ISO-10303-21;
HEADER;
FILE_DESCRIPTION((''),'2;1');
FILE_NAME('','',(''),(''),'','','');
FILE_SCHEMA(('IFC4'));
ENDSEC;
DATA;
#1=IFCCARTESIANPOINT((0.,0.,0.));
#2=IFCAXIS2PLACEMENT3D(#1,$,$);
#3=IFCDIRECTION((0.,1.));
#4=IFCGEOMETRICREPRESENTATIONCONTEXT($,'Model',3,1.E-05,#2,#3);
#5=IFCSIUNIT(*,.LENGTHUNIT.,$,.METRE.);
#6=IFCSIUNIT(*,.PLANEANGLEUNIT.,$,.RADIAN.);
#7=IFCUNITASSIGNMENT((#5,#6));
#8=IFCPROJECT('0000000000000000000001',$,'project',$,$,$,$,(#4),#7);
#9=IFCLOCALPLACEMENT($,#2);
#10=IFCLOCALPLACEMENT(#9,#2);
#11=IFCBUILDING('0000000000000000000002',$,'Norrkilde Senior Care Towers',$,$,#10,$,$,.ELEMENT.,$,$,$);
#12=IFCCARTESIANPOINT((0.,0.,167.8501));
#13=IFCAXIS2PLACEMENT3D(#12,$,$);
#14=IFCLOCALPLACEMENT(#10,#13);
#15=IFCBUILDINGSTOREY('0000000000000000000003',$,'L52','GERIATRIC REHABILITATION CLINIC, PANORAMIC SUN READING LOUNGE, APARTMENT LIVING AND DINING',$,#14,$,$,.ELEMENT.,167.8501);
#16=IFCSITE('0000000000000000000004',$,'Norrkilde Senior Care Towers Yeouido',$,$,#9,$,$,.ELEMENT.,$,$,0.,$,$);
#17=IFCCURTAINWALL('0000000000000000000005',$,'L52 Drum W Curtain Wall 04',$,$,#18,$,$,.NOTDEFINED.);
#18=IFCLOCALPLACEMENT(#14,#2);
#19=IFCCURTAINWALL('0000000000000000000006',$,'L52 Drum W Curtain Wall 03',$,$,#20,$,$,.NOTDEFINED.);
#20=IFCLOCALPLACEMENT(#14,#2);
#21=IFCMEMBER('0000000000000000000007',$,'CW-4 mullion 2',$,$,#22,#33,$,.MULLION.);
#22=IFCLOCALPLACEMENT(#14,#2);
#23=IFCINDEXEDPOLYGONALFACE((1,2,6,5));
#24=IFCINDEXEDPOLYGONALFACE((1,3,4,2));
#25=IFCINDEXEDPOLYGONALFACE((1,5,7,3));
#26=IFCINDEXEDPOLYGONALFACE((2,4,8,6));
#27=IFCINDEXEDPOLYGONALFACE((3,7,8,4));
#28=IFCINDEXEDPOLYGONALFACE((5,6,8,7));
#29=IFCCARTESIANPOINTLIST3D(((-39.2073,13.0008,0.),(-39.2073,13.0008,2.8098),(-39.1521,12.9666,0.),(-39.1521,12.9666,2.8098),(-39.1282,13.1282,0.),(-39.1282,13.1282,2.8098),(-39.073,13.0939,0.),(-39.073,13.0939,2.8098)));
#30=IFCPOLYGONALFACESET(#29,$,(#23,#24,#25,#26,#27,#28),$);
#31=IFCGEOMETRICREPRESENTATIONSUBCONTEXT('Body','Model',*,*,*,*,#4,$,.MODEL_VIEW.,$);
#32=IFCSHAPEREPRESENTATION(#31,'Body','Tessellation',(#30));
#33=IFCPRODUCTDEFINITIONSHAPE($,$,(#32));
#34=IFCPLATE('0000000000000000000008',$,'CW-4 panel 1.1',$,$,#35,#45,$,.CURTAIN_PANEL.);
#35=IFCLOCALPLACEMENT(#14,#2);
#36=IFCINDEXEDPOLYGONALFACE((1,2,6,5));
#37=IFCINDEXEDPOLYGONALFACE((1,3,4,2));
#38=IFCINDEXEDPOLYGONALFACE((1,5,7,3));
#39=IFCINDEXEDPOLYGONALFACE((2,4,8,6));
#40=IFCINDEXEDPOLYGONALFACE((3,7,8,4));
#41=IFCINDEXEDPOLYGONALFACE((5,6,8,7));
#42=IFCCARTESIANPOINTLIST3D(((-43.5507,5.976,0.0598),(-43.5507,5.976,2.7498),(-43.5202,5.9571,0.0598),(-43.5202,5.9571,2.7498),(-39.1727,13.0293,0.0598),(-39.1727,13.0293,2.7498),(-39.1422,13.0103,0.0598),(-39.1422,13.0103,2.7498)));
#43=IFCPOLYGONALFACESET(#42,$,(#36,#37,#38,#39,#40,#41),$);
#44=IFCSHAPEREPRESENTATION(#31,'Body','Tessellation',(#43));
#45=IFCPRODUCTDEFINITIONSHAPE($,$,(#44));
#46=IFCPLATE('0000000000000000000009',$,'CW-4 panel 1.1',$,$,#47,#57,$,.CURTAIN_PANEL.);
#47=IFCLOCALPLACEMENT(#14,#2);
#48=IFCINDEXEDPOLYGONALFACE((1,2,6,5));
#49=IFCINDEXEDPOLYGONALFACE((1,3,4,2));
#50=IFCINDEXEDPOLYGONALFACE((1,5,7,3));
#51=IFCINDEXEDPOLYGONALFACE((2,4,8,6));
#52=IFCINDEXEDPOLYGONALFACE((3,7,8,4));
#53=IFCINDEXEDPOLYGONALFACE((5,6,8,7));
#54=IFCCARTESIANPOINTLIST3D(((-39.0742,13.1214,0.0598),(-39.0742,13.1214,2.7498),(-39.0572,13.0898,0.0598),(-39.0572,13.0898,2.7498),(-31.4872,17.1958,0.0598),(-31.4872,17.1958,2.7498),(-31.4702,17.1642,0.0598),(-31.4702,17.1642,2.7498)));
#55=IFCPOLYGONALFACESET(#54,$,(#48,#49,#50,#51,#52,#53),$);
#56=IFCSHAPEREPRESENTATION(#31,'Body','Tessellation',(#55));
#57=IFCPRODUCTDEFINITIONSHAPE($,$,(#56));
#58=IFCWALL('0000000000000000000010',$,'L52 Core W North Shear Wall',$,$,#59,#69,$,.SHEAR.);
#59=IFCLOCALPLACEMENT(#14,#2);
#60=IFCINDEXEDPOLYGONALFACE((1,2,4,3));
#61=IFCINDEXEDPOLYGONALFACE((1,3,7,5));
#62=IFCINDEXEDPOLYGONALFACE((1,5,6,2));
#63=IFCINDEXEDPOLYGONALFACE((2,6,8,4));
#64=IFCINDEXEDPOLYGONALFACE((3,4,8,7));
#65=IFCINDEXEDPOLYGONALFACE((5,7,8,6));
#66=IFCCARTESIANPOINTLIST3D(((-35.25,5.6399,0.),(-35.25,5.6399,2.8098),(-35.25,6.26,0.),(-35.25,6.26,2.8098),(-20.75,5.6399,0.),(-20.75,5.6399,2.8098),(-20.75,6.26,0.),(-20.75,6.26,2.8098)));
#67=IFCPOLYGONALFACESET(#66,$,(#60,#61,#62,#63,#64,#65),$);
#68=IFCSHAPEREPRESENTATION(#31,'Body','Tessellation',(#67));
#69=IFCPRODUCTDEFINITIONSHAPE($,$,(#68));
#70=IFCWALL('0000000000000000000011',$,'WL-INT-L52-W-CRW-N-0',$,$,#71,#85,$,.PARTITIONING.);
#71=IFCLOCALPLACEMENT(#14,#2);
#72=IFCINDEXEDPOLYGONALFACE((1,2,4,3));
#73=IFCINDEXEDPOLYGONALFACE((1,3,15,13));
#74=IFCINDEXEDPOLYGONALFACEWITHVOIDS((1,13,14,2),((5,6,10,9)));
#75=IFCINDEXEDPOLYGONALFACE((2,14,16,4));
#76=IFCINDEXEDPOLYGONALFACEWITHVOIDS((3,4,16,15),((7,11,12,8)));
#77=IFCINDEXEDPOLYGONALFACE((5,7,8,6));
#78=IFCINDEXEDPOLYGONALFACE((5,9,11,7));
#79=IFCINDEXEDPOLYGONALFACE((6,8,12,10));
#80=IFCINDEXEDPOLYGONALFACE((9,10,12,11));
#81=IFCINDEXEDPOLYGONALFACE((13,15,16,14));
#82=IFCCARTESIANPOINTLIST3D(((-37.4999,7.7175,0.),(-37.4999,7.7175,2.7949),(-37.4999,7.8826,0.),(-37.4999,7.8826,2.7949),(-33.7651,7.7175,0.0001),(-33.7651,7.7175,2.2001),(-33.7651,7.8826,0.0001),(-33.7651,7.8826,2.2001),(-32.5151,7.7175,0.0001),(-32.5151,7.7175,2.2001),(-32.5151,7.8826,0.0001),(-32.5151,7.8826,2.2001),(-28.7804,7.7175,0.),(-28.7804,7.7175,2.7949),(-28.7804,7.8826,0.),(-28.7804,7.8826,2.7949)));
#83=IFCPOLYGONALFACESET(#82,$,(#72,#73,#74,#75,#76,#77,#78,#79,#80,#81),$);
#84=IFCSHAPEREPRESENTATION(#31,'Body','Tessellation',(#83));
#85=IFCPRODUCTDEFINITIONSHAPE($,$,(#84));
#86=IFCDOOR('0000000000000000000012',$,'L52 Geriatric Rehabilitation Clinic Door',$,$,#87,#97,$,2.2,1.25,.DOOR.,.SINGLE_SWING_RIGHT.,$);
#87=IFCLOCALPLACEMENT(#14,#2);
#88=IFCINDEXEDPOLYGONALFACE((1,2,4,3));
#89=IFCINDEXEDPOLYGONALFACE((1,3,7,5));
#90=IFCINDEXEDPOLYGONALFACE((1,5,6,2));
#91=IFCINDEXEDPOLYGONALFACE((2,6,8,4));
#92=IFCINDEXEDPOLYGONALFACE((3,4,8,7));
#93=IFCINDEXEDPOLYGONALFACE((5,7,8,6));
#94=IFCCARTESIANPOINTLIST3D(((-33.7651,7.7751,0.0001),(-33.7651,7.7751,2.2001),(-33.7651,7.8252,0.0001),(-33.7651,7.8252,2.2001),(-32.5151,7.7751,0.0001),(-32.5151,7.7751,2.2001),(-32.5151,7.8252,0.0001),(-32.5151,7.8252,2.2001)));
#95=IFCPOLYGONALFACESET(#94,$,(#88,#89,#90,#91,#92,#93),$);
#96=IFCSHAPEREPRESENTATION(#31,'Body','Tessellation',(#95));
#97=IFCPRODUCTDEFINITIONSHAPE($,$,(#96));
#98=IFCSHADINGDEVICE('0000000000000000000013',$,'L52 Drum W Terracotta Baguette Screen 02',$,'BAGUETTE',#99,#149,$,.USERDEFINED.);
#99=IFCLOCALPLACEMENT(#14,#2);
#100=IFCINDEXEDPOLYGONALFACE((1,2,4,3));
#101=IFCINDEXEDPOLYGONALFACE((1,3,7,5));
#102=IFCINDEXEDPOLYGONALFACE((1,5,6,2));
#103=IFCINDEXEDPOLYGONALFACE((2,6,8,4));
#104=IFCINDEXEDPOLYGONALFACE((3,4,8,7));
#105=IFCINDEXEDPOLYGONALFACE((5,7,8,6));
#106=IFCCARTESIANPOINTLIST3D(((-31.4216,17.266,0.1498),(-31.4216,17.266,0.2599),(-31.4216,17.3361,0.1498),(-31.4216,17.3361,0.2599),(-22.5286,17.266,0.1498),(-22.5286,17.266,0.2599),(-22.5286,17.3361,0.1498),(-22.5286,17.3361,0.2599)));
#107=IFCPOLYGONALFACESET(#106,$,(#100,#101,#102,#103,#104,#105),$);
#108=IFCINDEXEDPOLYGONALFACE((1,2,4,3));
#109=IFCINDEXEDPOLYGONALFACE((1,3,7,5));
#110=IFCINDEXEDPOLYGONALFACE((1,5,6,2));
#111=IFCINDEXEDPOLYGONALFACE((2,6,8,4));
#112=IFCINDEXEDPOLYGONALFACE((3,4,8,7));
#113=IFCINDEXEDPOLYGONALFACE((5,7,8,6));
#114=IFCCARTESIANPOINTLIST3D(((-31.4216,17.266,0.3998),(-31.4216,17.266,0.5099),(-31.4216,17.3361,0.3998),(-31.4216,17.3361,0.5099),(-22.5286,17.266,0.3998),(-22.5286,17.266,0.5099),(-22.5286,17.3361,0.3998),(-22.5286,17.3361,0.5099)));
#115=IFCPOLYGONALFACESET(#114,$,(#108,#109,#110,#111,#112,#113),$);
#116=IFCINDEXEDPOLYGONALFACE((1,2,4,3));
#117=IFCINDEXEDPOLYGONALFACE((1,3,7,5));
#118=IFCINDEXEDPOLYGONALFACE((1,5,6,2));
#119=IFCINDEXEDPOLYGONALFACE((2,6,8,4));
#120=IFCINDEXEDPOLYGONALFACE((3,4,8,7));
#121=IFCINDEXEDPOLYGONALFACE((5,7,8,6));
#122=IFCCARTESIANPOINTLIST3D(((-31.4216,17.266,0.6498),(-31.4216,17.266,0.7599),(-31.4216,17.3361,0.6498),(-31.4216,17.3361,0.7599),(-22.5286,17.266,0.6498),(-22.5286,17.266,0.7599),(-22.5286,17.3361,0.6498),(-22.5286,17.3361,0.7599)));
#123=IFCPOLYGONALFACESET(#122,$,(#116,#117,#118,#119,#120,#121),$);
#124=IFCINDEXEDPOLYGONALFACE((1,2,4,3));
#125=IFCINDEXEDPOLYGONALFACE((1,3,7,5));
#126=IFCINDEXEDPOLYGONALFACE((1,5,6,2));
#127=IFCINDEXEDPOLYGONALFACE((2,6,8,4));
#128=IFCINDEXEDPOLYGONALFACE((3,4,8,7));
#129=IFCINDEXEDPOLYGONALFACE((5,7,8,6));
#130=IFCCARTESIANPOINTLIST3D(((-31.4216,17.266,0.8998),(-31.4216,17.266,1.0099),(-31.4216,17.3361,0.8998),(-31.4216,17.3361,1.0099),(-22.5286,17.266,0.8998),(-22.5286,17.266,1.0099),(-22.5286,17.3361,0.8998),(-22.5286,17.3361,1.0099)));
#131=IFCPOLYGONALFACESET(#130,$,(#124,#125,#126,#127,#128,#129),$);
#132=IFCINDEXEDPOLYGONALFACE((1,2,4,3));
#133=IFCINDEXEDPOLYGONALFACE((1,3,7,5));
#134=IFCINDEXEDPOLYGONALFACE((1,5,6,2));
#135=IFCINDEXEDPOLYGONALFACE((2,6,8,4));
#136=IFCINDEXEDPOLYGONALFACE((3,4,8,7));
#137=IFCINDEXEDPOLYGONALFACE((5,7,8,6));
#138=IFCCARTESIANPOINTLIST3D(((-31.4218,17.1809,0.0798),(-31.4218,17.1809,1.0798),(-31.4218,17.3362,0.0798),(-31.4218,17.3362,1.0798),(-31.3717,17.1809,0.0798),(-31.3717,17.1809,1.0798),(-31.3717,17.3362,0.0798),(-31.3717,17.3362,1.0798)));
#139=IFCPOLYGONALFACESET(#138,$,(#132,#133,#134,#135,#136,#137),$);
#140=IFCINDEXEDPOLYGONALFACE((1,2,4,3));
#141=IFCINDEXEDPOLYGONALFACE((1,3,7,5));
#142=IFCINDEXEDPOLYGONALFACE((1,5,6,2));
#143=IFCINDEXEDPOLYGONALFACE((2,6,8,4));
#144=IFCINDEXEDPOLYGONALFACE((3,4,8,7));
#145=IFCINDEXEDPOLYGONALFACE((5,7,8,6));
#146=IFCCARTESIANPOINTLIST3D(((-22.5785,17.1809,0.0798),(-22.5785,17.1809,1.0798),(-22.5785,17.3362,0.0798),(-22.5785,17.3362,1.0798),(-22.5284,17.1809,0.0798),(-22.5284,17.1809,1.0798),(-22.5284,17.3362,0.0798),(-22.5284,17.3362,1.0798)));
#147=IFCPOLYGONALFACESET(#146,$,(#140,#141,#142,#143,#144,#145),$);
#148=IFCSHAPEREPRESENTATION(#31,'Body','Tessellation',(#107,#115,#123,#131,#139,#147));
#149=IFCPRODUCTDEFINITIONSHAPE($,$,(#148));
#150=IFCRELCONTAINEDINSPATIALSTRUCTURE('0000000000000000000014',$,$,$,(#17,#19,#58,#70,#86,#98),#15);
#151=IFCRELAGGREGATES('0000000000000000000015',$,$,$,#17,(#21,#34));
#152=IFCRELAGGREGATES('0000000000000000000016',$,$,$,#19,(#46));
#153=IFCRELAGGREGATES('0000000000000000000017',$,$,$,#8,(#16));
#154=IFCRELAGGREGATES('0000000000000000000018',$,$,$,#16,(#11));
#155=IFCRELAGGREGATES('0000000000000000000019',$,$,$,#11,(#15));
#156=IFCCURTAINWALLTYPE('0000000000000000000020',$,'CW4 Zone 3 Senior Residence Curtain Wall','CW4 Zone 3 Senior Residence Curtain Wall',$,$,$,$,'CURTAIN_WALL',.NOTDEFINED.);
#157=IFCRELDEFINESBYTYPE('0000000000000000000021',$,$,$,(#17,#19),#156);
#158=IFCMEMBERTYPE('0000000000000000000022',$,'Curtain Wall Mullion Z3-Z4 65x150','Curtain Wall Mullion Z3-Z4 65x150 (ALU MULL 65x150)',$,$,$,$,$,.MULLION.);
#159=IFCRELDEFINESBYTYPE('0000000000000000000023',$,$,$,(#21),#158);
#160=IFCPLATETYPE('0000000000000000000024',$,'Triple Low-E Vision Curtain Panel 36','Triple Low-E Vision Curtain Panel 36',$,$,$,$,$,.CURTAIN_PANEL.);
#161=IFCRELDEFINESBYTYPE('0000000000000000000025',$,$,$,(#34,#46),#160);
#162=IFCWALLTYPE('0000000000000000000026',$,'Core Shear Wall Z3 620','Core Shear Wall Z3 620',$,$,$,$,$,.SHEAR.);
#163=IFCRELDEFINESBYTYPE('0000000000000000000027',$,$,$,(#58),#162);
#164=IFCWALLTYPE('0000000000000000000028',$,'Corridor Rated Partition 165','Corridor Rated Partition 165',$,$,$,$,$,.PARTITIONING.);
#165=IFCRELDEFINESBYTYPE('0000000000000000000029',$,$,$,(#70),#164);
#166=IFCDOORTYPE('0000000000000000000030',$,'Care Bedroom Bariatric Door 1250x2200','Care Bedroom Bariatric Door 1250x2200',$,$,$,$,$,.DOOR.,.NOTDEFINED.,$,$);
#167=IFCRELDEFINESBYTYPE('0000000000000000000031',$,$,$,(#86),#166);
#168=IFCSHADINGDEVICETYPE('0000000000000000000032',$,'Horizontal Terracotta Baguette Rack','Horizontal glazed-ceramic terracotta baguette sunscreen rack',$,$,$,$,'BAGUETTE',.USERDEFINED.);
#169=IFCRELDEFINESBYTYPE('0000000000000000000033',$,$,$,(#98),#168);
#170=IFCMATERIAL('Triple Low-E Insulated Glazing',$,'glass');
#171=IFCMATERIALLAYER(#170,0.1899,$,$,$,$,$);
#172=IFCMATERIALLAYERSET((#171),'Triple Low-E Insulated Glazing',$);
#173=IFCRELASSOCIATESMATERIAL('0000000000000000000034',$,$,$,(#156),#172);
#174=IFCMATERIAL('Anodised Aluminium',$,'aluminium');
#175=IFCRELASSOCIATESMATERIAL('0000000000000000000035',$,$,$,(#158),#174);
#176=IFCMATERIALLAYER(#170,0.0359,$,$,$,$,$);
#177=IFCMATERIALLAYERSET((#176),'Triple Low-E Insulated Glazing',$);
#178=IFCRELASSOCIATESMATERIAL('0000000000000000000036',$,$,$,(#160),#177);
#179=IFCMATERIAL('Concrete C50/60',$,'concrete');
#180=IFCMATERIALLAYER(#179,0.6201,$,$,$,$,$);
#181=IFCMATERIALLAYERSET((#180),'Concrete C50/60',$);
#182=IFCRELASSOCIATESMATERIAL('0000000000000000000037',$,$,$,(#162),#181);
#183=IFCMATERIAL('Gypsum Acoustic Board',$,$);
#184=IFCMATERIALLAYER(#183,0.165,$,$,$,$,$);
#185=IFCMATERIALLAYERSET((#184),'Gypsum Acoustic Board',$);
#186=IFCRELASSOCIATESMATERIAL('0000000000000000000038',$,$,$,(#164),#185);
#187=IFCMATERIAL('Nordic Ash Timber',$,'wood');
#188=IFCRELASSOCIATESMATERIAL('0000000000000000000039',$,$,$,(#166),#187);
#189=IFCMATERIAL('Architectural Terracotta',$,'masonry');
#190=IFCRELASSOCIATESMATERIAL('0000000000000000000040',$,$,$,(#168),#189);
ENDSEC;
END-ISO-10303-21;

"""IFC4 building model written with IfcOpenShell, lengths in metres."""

from ifc_helpers import new_model, si_unit, direction, frame, frame_2d, origin, origin_2d, place, context, subcontext, project, spatial, rectangle, extrude, source, transform, mapped, material, layer, layer_set, material_profile, profile_set, type_object, type_shapes, element, fill, aggregate, save


model = new_model("IFC4")

# Units and contexts
model_context = context("Model", 3, precision=1e-05, world=origin(), true_north=direction((0.0, 1.0)))
body_context = subcontext(model_context, "Body", "Model", "MODEL_VIEW")
ifc_project = project(units=[si_unit("LENGTHUNIT", "METRE"), si_unit("PLANEANGLEUNIT", "RADIAN")], contexts=[model_context])

# Site, building, storey
site_placement = place(None, origin())
site = spatial("IfcSite", under=ifc_project, at=site_placement, Name="Norrkilde Senior Care Towers Yeouido", CompositionType="ELEMENT", RefElevation=0.0)
building_placement = place(site_placement, origin())
building = spatial("IfcBuilding", under=site, at=building_placement, Name="Norrkilde Senior Care Towers", CompositionType="ELEMENT")
storey_placement = place(building_placement, frame((0.0, 0.0, 167.8501)))
storey = spatial("IfcBuildingStorey", under=building, at=storey_placement, Name="L52", Description="GERIATRIC REHABILITATION CLINIC, PANORAMIC SUN READING LOUNGE, APARTMENT LIVING AND DINING", CompositionType="ELEMENT", Elevation=167.8501)

# Shared definitions
ifc_material_1 = material(Name="Concrete C50/60", Category="concrete")

# Curtain walls
ifc_material_2 = material(Name="Triple Low-E Insulated Glazing", Category="glass")
ifc_layer_1 = layer(ifc_material_2, 0.1899)
ifc_layer_set_1 = layer_set([ifc_layer_1], Name="Triple Low-E Insulated Glazing")
curtain_wall_type = type_object("IfcCurtainWallType", Name="CW4 Zone 3 Senior Residence Curtain Wall", Description="CW4 Zone 3 Senior Residence Curtain Wall", ElementType="CURTAIN_WALL", PredefinedType="NOTDEFINED", material=ifc_layer_set_1)
curtain_wall_1_placement = place(storey_placement, origin())
curtain_wall_1 = element("IfcCurtainWall", 1, at=curtain_wall_1_placement, inside=storey, type_object=curtain_wall_type, Name="L52 Drum W Curtain Wall 04", PredefinedType="NOTDEFINED")
ifc_material_3 = material(Name="Anodised Aluminium", Category="aluminium")
curtain_wall_2_placement = place(storey_placement, origin())
curtain_wall_2 = element("IfcCurtainWall", 2, at=curtain_wall_2_placement, inside=storey, type_object=curtain_wall_type, Name="L52 Drum W Curtain Wall 03", PredefinedType="NOTDEFINED")

# Member
ifc_material_profile_1 = material_profile(ifc_material_3, rectangle(XDim=0.0649, YDim=0.1499, at=origin_2d()), Name="ALU MULL 65x150")
ifc_profile_set_1 = profile_set([ifc_material_profile_1], Name="Anodised Aluminium")
member_type_1 = type_object("IfcMemberType", Name="Curtain Wall Mullion Z3-Z4 65x150", Description="Curtain Wall Mullion Z3-Z4 65x150 (ALU MULL 65x150)", PredefinedType="MULLION", material=ifc_profile_set_1)
shared_shape_1 = source(origin(), body_context, "Body", "SweptSolid", [
    extrude(rectangle(XDim=0.0649, YDim=0.1499, at=origin_2d()), origin(), (0.0, 0.0, 1.0), 2.8098),
])
type_shapes(member_type_1, [shared_shape_1])
member_1_placement = place(storey_placement, frame((-39.1401, 13.0474, 0.0), z_axis=(0.0, 0.0, 1.0), x_axis=(-0.849634, 0.527373, 0.0)))
member_1 = element("IfcMember", 3, at=member_1_placement, type_object=member_type_1, Name="CW-4 mullion 2", PredefinedType="MULLION", context=body_context, shape_type="MappedRepresentation", body=[
    mapped(shared_shape_1, transform((0.0, 0.0, 0.0), x_axis=(1.0, 0.0, 0.0), y_axis=(0.0, 1.0, 0.0), z_axis=(0.0, 0.0, 1.0), scale=1.0)),
])

# Plates
ifc_layer_2 = layer(ifc_material_2, 0.0359)
ifc_layer_set_2 = layer_set([ifc_layer_2], Name="Triple Low-E Insulated Glazing")
plate_type = type_object("IfcPlateType", Name="Triple Low-E Vision Curtain Panel 36", Description="Triple Low-E Vision Curtain Panel 36", PredefinedType="CURTAIN_PANEL", material=ifc_layer_set_2)
shared_shape_2 = source(origin(), body_context, "Body", "SweptSolid", [
    extrude(rectangle(XDim=8.3015, YDim=0.0359, at=origin_2d()), origin(), (0.0, 0.0, 1.0), 2.6899),
])
plate_1_placement = place(storey_placement, frame((-41.3464, 9.4932, 0.0598), z_axis=(0.0, 0.0, 1.0), x_axis=(0.527373, 0.849634, 0.0)))
plate_1 = element("IfcPlate", 4, at=plate_1_placement, type_object=plate_type, Name="CW-4 panel 1.1", PredefinedType="CURTAIN_PANEL", context=body_context, shape_type="MappedRepresentation", body=[
    mapped(shared_shape_2, transform((0.0, 0.0, 0.0), x_axis=(1.0, 0.0, 0.0), y_axis=(0.0, 1.0, 0.0), z_axis=(0.0, 0.0, 1.0), scale=1.0)),
])
aggregate(curtain_wall_1, [member_1, plate_1])
shared_shape_3 = source(origin(), body_context, "Body", "SweptSolid", [
    extrude(rectangle(XDim=8.6118, YDim=0.0359, at=origin_2d()), origin(), (0.0, 0.0, 1.0), 2.6899),
])
type_shapes(plate_type, [shared_shape_2, shared_shape_3])
plate_2_placement = place(storey_placement, frame((-35.2722, 15.1428, 0.0598), z_axis=(0.0, 0.0, 1.0), x_axis=(0.881, 0.473117, 0.0)))
plate_2 = element("IfcPlate", 5, at=plate_2_placement, type_object=plate_type, Name="CW-4 panel 1.1", PredefinedType="CURTAIN_PANEL", context=body_context, shape_type="MappedRepresentation", body=[
    mapped(shared_shape_3, transform((0.0, 0.0, 0.0), x_axis=(1.0, 0.0, 0.0), y_axis=(0.0, 1.0, 0.0), z_axis=(0.0, 0.0, 1.0), scale=1.0)),
])
aggregate(curtain_wall_2, [plate_2])

# Wall
ifc_layer_3 = layer(ifc_material_1, 0.6201)
ifc_layer_set_3 = layer_set([ifc_layer_3], Name="Concrete C50/60")
wall_type_1 = type_object("IfcWallType", Name="Core Shear Wall Z3 620", Description="Core Shear Wall Z3 620", PredefinedType="SHEAR", material=ifc_layer_set_3)
shared_shape_4 = source(origin(), body_context, "Body", "SweptSolid", [
    extrude(rectangle(XDim=14.5, YDim=0.6201, at=frame_2d((7.25, 0.0))), origin(), (0.0, 0.0, 1.0), 2.8098),
])
type_shapes(wall_type_1, [shared_shape_4])
wall_1_placement = place(storey_placement, frame((-35.25, 5.95, 0.0), z_axis=(0.0, 0.0, 1.0), x_axis=(1.0, 0.0, 0.0)))
element("IfcWall", 6, at=wall_1_placement, inside=storey, type_object=wall_type_1, Name="L52 Core W North Shear Wall", PredefinedType="SHEAR", context=body_context, shape_type="MappedRepresentation", body=[
    mapped(shared_shape_4, transform((0.0, 0.0, 0.0), x_axis=(1.0, 0.0, 0.0), y_axis=(0.0, 1.0, 0.0), z_axis=(0.0, 0.0, 1.0), scale=1.0)),
])

# Wall, opening, door
ifc_material_4 = material(Name="Gypsum Acoustic Board")
ifc_layer_4 = layer(ifc_material_4, 0.165)
ifc_layer_set_4 = layer_set([ifc_layer_4], Name="Gypsum Acoustic Board")
wall_type_2 = type_object("IfcWallType", Name="Corridor Rated Partition 165", Description="Corridor Rated Partition 165", PredefinedType="PARTITIONING", material=ifc_layer_set_4)
shared_shape_5 = source(origin(), body_context, "Body", "SweptSolid", [
    extrude(rectangle(XDim=8.7195, YDim=0.165, at=frame_2d((4.3599, 0.0))), origin(), (0.0, 0.0, 1.0), 2.7949),
])
type_shapes(wall_type_2, [shared_shape_5])
wall_2_placement = place(storey_placement, frame((-37.5, 7.8, 0.0), z_axis=(0.0, 0.0, 1.0), x_axis=(1.0, 0.0, 0.0)))
wall_2 = element("IfcWall", 7, at=wall_2_placement, inside=storey, type_object=wall_type_2, Name="WL-INT-L52-W-CRW-N-0", PredefinedType="PARTITIONING", context=body_context, shape_type="MappedRepresentation", body=[
    mapped(shared_shape_5, transform((0.0, 0.0, 0.0), x_axis=(1.0, 0.0, 0.0), y_axis=(0.0, 1.0, 0.0), z_axis=(0.0, 0.0, 1.0), scale=1.0)),
])
opening_placement = place(wall_2_placement, frame((3.7349, 0.0, 0.0)))
opening = element("IfcOpeningElement", 8, at=opening_placement, cuts=wall_2, PredefinedType="OPENING", context=body_context, shape_type="SweptSolid", body=[
    extrude(rectangle(XDim=1.25, YDim=2.2, at=frame_2d((0.625, 1.1001))), frame((0.0, 0.0925, 0.0), z_axis=(0.0, -1.0, 0.0), x_axis=(1.0, 0.0, 0.0)), (0.0, 0.0, 1.0), 0.1851),
])
ifc_material_5 = material(Name="Nordic Ash Timber", Category="wood")
door_type = type_object("IfcDoorType", Name="Care Bedroom Bariatric Door 1250x2200", Description="Care Bedroom Bariatric Door 1250x2200", OperationType="NOTDEFINED", PredefinedType="DOOR", material=ifc_material_5)
shared_shape_6 = source(origin(), body_context, "Body", "SweptSolid", [
    extrude(rectangle(XDim=1.25, YDim=2.2, at=frame_2d((0.625, 1.1001))), frame((0.0, 0.0249, 0.0), z_axis=(0.0, -1.0, 0.0), x_axis=(1.0, 0.0, 0.0)), (0.0, 0.0, 1.0), 0.05),
])
type_shapes(door_type, [shared_shape_6])
door_placement = place(opening_placement, frame((1.25, 0.0, 0.0), z_axis=(0.0, 0.0, 1.0), x_axis=(-1.0, 0.0, 0.0)))
door = element("IfcDoor", 9, at=door_placement, inside=storey, type_object=door_type, Name="L52 Geriatric Rehabilitation Clinic Door", OperationType="SINGLE_SWING_RIGHT", OverallHeight=2.2, OverallWidth=1.25, PredefinedType="DOOR", context=body_context, shape_type="MappedRepresentation", body=[
    mapped(shared_shape_6, transform((0.0, 0.0, 0.0), x_axis=(1.0, 0.0, 0.0), y_axis=(0.0, 1.0, 0.0), z_axis=(0.0, 0.0, 1.0), scale=1.0)),
])
fill(opening, door)

# Shading device
ifc_material_6 = material(Name="Architectural Terracotta", Category="masonry")
shading_device_type = type_object("IfcShadingDeviceType", Name="Horizontal Terracotta Baguette Rack", Description="Horizontal glazed-ceramic terracotta baguette sunscreen rack", ElementType="BAGUETTE", PredefinedType="USERDEFINED", material=ifc_material_6)
shared_shape_7 = source(origin(), body_context, "Body", "SweptSolid", [
    extrude(rectangle(XDim=0.0701, YDim=0.1101, at=origin_2d()), frame((0.0, 0.0901, 0.125), z_axis=(1.0, 0.0, 0.0), x_axis=(0.0, 1.0, 0.0)), (0.0, 0.0, 1.0), 8.8931),
    extrude(rectangle(XDim=0.0701, YDim=0.1101, at=origin_2d()), frame((0.0, 0.0901, 0.375), z_axis=(1.0, 0.0, 0.0), x_axis=(0.0, 1.0, 0.0)), (0.0, 0.0, 1.0), 8.8931),
    extrude(rectangle(XDim=0.0701, YDim=0.1101, at=origin_2d()), frame((0.0, 0.0901, 0.625), z_axis=(1.0, 0.0, 0.0), x_axis=(0.0, 1.0, 0.0)), (0.0, 0.0, 1.0), 8.8931),
    extrude(rectangle(XDim=0.0701, YDim=0.1101, at=origin_2d()), frame((0.0, 0.0901, 0.875), z_axis=(1.0, 0.0, 0.0), x_axis=(0.0, 1.0, 0.0)), (0.0, 0.0, 1.0), 8.8931),
    extrude(rectangle(XDim=0.05, YDim=0.1553, at=origin_2d()), frame((0.0249, 0.0476, 0.0)), (0.0, 0.0, 1.0), 1.0),
    extrude(rectangle(XDim=0.05, YDim=0.1553, at=origin_2d()), frame((8.8682, 0.0476, 0.0)), (0.0, 0.0, 1.0), 1.0),
])
type_shapes(shading_device_type, [shared_shape_7])
shading_device_placement = place(storey_placement, frame((-31.4216, 17.2109, 0.0798), z_axis=(0.0, 0.0, 1.0), x_axis=(1.0, 0.0, 0.0)))
element("IfcShadingDevice", 10, at=shading_device_placement, inside=storey, type_object=shading_device_type, Name="L52 Drum W Terracotta Baguette Screen 02", ObjectType="BAGUETTE", PredefinedType="USERDEFINED", context=body_context, shape_type="MappedRepresentation", body=[
    mapped(shared_shape_7, transform((0.0, 0.0, 0.0), x_axis=(1.0, 0.0, 0.0), y_axis=(0.0, 1.0, 0.0), z_axis=(0.0, 0.0, 1.0), scale=1.0)),
])

save(model, "model.ifc")
